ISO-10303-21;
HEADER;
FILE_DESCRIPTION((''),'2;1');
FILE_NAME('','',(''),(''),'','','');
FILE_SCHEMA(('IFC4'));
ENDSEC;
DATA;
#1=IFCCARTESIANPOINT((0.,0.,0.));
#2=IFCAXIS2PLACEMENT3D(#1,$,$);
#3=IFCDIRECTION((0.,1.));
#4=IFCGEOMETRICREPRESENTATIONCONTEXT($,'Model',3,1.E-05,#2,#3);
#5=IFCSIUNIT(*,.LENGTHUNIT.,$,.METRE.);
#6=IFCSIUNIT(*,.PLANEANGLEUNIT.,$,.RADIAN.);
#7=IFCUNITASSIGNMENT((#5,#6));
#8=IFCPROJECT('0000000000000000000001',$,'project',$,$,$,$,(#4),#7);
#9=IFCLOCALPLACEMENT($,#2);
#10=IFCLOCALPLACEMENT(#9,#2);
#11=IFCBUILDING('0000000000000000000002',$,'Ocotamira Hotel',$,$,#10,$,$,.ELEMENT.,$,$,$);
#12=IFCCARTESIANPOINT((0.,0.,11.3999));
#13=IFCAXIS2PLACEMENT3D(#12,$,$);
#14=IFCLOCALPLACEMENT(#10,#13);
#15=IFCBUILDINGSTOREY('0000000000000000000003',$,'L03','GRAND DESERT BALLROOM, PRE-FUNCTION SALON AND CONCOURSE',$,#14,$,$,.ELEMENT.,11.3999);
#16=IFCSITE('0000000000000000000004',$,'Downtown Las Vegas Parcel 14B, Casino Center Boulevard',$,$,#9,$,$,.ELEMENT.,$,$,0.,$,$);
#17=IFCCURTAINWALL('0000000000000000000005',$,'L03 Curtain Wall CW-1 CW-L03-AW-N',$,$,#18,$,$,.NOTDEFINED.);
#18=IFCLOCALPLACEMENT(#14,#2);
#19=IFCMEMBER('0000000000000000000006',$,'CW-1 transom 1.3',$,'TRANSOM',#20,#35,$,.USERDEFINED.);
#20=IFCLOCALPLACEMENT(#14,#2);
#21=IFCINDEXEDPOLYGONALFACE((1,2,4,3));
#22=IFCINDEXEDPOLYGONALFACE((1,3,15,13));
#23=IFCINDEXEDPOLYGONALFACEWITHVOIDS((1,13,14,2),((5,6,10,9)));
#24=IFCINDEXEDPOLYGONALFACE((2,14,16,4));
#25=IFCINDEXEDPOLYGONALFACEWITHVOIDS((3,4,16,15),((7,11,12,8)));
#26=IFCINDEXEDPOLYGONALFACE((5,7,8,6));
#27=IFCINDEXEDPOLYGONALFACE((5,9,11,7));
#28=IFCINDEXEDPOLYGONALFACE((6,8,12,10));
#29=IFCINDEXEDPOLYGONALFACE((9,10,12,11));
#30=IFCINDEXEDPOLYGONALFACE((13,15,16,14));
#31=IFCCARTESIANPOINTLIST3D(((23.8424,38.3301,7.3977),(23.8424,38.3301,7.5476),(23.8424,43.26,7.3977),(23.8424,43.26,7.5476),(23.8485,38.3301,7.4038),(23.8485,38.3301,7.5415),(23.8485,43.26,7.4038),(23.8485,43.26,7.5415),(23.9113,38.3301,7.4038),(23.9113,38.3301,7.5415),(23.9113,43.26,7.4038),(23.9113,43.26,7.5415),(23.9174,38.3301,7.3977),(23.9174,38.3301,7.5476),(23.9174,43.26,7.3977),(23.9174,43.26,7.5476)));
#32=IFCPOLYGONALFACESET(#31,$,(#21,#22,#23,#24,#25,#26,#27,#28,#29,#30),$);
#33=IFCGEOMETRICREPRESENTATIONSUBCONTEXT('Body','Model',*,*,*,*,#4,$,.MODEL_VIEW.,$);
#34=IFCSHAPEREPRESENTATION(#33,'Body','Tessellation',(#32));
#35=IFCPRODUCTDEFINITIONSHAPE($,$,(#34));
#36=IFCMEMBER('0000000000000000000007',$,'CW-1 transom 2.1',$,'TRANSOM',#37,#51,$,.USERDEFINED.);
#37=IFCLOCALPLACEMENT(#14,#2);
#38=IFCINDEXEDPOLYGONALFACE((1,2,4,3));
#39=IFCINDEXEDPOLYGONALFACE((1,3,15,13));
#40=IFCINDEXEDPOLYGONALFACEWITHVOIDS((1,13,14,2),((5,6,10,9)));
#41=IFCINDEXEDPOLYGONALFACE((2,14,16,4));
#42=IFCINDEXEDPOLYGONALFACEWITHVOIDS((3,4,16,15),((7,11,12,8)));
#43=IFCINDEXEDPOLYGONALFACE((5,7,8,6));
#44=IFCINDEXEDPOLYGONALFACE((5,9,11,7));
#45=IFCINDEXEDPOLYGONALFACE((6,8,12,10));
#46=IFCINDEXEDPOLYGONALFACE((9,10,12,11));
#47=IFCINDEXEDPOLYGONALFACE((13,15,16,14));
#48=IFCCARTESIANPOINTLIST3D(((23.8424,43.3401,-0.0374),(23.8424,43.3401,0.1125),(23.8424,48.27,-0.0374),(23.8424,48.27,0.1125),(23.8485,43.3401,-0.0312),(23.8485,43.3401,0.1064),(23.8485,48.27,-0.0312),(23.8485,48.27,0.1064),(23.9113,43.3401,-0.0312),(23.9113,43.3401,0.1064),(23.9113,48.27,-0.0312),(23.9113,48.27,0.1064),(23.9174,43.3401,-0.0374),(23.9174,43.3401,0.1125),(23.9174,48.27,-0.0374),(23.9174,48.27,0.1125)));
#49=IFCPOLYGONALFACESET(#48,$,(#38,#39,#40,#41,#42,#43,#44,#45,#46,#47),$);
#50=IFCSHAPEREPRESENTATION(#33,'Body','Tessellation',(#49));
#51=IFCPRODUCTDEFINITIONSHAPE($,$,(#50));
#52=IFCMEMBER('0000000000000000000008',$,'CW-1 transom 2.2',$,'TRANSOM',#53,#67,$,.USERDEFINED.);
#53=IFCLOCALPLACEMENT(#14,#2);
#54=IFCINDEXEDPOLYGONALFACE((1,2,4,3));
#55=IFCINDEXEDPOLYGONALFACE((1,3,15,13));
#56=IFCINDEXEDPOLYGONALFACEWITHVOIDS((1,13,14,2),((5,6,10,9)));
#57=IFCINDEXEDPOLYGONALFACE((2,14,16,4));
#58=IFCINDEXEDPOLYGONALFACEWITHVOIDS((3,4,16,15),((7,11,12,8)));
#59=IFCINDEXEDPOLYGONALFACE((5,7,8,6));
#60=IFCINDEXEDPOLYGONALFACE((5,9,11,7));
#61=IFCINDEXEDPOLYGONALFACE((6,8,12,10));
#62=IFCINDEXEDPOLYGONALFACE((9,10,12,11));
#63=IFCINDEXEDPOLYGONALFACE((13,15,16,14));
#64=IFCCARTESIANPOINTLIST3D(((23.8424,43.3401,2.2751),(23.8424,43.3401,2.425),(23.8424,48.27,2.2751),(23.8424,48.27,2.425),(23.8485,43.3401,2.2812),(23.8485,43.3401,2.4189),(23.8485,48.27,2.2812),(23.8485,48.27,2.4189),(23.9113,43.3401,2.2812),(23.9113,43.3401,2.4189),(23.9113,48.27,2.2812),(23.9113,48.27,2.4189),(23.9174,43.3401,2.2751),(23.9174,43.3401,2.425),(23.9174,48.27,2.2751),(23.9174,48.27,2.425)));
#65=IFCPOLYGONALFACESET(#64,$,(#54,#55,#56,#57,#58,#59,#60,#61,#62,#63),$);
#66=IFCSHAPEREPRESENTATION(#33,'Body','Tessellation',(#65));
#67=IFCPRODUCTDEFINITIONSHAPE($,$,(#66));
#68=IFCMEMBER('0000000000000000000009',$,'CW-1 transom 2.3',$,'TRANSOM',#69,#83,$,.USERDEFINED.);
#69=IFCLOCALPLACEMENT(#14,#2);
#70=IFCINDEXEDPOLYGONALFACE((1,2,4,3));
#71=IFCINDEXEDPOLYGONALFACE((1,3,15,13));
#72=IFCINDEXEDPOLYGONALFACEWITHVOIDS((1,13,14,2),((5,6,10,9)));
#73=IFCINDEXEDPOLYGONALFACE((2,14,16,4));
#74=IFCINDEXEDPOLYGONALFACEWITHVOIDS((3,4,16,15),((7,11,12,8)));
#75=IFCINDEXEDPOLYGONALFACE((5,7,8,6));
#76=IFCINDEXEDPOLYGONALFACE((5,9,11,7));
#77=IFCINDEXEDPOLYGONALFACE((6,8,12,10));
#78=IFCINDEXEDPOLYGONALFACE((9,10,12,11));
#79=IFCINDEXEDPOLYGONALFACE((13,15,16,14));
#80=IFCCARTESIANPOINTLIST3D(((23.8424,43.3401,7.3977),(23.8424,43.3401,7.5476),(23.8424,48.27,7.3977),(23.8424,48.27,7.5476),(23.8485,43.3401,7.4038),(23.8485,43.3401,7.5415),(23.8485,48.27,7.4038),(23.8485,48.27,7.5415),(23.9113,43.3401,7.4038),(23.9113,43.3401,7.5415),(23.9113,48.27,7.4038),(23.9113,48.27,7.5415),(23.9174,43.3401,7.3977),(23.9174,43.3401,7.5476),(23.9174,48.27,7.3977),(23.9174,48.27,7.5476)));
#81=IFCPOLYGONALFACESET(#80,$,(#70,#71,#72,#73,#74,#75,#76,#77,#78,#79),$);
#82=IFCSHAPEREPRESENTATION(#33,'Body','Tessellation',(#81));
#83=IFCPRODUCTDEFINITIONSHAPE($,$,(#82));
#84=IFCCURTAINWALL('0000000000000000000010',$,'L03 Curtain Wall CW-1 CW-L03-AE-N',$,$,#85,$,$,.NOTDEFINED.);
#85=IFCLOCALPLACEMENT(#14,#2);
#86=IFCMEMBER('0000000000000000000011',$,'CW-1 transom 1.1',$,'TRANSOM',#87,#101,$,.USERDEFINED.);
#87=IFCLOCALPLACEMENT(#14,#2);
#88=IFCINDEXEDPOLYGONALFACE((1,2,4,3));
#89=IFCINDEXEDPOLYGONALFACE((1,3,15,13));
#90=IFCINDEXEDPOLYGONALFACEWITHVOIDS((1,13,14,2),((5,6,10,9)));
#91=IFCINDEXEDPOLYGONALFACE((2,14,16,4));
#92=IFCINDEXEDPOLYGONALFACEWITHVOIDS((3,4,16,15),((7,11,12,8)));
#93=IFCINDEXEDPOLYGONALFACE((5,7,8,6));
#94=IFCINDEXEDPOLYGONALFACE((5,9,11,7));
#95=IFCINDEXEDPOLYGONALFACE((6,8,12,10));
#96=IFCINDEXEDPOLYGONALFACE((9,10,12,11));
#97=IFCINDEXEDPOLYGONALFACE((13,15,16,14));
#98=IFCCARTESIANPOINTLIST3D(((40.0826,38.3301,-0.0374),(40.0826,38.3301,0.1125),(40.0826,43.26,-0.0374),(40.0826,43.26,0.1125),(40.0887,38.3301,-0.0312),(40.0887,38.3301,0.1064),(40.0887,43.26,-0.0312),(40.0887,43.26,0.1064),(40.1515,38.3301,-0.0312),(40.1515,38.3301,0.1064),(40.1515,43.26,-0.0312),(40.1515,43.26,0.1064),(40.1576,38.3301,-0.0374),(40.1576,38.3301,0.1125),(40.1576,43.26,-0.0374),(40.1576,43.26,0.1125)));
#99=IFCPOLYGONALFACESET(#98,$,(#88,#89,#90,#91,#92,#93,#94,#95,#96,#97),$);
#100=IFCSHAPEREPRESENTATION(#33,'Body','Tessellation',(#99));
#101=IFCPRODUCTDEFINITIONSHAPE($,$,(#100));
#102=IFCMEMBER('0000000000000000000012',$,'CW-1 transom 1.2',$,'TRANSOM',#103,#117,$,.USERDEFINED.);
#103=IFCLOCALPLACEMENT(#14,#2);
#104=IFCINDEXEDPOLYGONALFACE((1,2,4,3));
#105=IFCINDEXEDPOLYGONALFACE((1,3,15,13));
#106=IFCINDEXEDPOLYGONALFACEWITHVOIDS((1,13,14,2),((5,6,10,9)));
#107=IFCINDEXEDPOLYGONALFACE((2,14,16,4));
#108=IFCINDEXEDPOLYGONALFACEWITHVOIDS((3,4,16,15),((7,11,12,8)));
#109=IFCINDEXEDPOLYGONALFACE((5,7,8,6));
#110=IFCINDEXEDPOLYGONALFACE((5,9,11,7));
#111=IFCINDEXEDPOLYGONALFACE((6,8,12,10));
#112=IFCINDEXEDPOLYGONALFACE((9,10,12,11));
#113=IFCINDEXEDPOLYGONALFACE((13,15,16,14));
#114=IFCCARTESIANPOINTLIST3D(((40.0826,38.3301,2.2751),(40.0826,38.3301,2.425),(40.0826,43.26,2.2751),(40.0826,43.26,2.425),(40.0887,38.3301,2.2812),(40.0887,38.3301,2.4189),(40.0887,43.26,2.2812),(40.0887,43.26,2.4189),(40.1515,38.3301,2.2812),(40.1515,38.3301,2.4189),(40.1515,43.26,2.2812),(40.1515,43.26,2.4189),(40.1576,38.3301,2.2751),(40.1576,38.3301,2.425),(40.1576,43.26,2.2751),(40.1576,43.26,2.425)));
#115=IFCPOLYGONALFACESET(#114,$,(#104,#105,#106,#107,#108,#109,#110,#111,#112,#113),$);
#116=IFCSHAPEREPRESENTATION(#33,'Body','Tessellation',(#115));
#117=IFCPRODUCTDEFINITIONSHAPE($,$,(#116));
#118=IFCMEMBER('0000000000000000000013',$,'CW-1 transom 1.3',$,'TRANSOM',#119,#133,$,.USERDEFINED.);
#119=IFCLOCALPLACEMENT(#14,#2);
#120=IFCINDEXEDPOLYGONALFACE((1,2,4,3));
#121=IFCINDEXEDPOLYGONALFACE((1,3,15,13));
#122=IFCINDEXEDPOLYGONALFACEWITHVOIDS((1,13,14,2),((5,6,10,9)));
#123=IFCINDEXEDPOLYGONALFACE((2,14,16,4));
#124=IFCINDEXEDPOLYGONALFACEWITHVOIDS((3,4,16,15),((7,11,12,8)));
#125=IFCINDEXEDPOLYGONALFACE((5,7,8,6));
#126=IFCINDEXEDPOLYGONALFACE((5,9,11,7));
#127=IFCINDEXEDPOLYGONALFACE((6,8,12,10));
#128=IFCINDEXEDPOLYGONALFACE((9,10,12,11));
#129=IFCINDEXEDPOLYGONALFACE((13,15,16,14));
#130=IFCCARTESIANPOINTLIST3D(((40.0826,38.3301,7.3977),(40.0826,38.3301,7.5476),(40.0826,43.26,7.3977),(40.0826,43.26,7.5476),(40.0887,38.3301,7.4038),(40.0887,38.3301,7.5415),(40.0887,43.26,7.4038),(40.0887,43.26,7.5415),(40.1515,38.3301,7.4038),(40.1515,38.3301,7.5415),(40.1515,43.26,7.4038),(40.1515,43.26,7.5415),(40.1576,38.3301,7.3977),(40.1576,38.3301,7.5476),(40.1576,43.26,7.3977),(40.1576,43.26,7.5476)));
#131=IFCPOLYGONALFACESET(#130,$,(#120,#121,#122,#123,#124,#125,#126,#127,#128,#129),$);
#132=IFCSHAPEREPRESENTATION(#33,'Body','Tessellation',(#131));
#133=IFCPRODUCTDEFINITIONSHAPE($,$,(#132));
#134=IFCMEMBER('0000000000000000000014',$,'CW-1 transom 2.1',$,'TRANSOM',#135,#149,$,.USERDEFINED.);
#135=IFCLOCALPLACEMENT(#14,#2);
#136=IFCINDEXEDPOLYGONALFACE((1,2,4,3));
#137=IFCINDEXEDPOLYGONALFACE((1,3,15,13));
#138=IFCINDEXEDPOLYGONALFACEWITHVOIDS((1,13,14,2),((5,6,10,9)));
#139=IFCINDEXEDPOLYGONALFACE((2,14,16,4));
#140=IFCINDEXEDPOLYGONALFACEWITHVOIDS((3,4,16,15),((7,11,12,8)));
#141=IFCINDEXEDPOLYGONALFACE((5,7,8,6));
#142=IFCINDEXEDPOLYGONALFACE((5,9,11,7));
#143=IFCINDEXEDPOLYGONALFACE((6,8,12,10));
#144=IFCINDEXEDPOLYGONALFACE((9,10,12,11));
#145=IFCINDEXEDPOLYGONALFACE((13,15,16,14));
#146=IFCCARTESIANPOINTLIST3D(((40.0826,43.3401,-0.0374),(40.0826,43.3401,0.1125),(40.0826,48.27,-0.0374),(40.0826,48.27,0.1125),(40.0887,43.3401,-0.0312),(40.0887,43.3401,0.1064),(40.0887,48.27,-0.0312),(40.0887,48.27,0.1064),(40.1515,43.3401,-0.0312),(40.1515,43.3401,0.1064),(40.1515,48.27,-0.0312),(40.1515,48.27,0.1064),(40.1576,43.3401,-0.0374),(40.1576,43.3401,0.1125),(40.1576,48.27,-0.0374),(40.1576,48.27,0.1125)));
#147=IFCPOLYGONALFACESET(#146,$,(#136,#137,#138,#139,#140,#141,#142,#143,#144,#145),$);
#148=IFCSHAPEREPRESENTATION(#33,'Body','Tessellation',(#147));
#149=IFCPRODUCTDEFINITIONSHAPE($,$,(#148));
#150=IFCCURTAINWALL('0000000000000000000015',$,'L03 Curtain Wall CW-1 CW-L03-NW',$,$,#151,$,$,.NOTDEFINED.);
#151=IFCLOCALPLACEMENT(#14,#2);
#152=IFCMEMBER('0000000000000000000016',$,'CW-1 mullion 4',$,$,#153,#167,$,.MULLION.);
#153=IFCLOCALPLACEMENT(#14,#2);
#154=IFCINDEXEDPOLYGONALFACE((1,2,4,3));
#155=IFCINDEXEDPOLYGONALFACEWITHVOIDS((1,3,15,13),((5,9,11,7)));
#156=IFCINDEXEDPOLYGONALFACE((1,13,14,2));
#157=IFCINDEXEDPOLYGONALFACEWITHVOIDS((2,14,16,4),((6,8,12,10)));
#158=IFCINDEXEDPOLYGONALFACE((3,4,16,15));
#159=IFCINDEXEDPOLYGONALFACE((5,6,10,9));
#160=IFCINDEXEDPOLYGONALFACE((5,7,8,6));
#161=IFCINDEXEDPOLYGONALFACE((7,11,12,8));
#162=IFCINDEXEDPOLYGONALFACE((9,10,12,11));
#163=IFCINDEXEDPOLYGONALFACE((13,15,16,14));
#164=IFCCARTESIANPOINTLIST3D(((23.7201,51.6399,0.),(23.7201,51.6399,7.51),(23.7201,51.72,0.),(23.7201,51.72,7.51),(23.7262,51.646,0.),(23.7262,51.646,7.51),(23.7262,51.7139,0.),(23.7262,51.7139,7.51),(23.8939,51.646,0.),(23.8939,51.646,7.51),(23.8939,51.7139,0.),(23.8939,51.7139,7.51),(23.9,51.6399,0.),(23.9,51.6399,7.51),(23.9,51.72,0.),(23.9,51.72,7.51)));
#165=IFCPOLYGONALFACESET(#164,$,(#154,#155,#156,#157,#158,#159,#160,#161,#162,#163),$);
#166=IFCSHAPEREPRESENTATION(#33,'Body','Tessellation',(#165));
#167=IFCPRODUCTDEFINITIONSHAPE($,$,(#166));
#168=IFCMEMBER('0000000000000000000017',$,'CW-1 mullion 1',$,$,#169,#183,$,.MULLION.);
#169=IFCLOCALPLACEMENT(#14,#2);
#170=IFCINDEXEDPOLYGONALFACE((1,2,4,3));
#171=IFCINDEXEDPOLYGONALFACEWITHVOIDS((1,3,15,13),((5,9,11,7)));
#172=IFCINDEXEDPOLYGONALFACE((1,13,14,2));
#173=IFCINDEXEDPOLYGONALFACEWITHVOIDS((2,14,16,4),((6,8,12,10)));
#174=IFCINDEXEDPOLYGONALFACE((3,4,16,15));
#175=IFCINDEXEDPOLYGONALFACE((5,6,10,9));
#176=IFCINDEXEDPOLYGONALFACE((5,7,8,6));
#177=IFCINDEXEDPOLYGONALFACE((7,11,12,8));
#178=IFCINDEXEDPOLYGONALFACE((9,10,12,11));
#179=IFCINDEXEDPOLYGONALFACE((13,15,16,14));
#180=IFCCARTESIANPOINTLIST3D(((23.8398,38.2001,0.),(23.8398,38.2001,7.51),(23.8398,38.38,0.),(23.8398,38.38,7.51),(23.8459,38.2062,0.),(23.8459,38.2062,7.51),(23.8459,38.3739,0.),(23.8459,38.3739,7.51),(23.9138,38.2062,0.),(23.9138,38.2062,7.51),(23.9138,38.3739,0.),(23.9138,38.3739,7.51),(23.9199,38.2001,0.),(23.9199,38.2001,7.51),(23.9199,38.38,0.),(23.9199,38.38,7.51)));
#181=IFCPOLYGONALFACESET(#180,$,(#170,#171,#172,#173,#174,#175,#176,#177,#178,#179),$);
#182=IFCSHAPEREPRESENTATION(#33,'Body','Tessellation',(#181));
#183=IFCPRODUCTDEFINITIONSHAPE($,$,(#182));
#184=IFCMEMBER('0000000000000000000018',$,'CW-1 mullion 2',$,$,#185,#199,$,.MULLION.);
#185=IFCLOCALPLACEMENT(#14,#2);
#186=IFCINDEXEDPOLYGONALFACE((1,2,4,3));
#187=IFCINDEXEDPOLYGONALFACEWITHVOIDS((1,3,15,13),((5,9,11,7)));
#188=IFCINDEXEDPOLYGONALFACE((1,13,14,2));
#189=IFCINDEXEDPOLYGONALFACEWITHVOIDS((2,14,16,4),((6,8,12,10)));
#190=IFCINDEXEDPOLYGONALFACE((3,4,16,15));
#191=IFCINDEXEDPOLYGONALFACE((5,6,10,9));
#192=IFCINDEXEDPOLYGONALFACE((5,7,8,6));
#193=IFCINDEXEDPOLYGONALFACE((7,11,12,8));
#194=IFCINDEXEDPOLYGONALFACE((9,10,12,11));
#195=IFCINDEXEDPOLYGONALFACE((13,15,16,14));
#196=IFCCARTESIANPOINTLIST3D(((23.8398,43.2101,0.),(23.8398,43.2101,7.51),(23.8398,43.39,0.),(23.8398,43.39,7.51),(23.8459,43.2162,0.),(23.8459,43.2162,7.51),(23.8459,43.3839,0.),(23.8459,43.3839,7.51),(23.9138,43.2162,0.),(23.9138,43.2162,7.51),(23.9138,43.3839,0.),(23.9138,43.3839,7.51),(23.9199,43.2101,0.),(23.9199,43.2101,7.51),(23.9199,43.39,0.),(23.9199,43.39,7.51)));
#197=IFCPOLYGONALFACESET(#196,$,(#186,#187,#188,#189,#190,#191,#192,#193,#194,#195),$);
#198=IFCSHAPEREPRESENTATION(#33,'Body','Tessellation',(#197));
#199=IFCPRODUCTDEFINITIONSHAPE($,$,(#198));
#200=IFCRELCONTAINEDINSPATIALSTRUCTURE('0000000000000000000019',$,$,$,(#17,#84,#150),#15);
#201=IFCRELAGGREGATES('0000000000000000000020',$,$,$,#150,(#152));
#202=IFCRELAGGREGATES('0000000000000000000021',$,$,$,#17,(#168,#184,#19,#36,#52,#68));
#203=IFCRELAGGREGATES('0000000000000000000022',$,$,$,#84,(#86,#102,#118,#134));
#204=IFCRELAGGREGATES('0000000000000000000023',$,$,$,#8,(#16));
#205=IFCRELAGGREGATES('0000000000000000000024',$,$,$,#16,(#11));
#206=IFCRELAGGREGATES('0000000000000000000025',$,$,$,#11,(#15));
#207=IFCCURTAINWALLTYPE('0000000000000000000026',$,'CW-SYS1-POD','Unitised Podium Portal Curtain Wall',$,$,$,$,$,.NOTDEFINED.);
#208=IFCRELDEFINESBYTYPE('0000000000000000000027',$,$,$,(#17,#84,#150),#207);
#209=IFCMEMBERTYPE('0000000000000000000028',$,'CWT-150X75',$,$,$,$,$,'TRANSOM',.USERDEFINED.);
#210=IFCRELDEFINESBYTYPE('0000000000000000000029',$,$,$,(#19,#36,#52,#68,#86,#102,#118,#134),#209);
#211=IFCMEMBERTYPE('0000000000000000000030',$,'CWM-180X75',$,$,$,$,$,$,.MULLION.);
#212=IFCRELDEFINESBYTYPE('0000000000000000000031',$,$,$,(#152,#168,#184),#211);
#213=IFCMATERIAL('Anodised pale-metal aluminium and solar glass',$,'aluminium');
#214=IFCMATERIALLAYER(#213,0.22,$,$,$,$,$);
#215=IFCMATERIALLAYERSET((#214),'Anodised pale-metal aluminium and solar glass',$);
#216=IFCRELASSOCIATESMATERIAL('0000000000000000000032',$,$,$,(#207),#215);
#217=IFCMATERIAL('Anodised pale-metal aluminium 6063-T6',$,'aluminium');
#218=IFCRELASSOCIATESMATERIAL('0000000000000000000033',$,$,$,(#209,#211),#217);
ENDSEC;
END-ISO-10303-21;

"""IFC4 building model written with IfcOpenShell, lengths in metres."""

from ifc_helpers import new_model, si_unit, direction, frame, origin, origin_2d, place, context, subcontext, project, spatial, hollow_rectangle, extrude, source, transform, mapped, material, layer, layer_set, material_profile, profile_set, type_object, element, aggregate, save


model = new_model("IFC4")

# Units and contexts
model_context = context("Model", 3, precision=1e-05, world=origin(), true_north=direction((0.0, 1.0)))
body_context = subcontext(model_context, "Body", "Model", "MODEL_VIEW")
ifc_project = project(units=[si_unit("LENGTHUNIT", "METRE"), si_unit("PLANEANGLEUNIT", "RADIAN")], contexts=[model_context])

# Site, building, storey
site_placement = place(None, origin())
site = spatial("IfcSite", under=ifc_project, at=site_placement, Name="Downtown Las Vegas Parcel 14B, Casino Center Boulevard", CompositionType="ELEMENT", RefElevation=0.0)
building_placement = place(site_placement, origin())
building = spatial("IfcBuilding", under=site, at=building_placement, Name="Ocotamira Hotel", CompositionType="ELEMENT")
storey_placement = place(building_placement, frame((0.0, 0.0, 11.3999)))
storey = spatial("IfcBuildingStorey", under=building, at=storey_placement, Name="L03", Description="GRAND DESERT BALLROOM, PRE-FUNCTION SALON AND CONCOURSE", CompositionType="ELEMENT", Elevation=11.3999)

# Curtain walls, members
ifc_material_1 = material(Name="Anodised pale-metal aluminium and solar glass", Category="aluminium")
ifc_layer_1 = layer(ifc_material_1, 0.22)
ifc_layer_set_1 = layer_set([ifc_layer_1], Name="Anodised pale-metal aluminium and solar glass")
curtain_wall_type = type_object("IfcCurtainWallType", Name="CW-SYS1-POD", Description="Unitised Podium Portal Curtain Wall", PredefinedType="NOTDEFINED", material=ifc_layer_set_1)
curtain_wall_1_placement = place(storey_placement, origin())
curtain_wall_1 = element("IfcCurtainWall", 1, at=curtain_wall_1_placement, inside=storey, type_object=curtain_wall_type, Name="L03 Curtain Wall CW-1 CW-L03-AW-N", PredefinedType="NOTDEFINED")
ifc_material_2 = material(Name="Anodised pale-metal aluminium 6063-T6", Category="aluminium")
ifc_material_profile_1 = material_profile(ifc_material_2, hollow_rectangle(XDim=0.075, YDim=0.1499, WallThickness=0.0061, at=origin_2d()), Name="HSS150X75X6")
ifc_profile_set_1 = profile_set([ifc_material_profile_1], Name="Anodised pale-metal aluminium 6063-T6")
member_type_1 = type_object("IfcMemberType", Name="CWT-150X75", ElementType="TRANSOM", PredefinedType="USERDEFINED", material=ifc_profile_set_1)
shared_shape_1 = source(origin(), body_context, "Body", "SweptSolid", [
    extrude(hollow_rectangle(XDim=0.075, YDim=0.1499, WallThickness=0.0061, at=origin_2d()), origin(), (0.0, 0.0, 1.0), 4.9299),
])
member_1_placement = place(storey_placement, frame((23.8799, 38.3301, 7.4727), z_axis=(0.0, 1.0, 0.0), x_axis=(-1.0, 0.0, 0.0)))
member_1 = element("IfcMember", 2, at=member_1_placement, type_object=member_type_1, Name="CW-1 transom 1.3", ObjectType="TRANSOM", PredefinedType="USERDEFINED", context=body_context, shape_type="MappedRepresentation", body=[
    mapped(shared_shape_1, transform((0.0, 0.0, 0.0), scale=1.0)),
])
member_2_placement = place(storey_placement, frame((23.8799, 43.3401, 0.0376), z_axis=(0.0, 1.0, 0.0), x_axis=(-1.0, 0.0, 0.0)))
member_2 = element("IfcMember", 3, at=member_2_placement, type_object=member_type_1, Name="CW-1 transom 2.1", ObjectType="TRANSOM", PredefinedType="USERDEFINED", context=body_context, shape_type="MappedRepresentation", body=[
    mapped(shared_shape_1, transform((0.0, 0.0, 0.0), scale=1.0)),
])
member_3_placement = place(storey_placement, frame((23.8799, 43.3401, 2.3501), z_axis=(0.0, 1.0, 0.0), x_axis=(-1.0, 0.0, 0.0)))
member_3 = element("IfcMember", 4, at=member_3_placement, type_object=member_type_1, Name="CW-1 transom 2.2", ObjectType="TRANSOM", PredefinedType="USERDEFINED", context=body_context, shape_type="MappedRepresentation", body=[
    mapped(shared_shape_1, transform((0.0, 0.0, 0.0), scale=1.0)),
])
member_4_placement = place(storey_placement, frame((23.8799, 43.3401, 7.4727), z_axis=(0.0, 1.0, 0.0), x_axis=(-1.0, 0.0, 0.0)))
member_4 = element("IfcMember", 5, at=member_4_placement, type_object=member_type_1, Name="CW-1 transom 2.3", ObjectType="TRANSOM", PredefinedType="USERDEFINED", context=body_context, shape_type="MappedRepresentation", body=[
    mapped(shared_shape_1, transform((0.0, 0.0, 0.0), scale=1.0)),
])
curtain_wall_2_placement = place(storey_placement, origin())
curtain_wall_2 = element("IfcCurtainWall", 6, at=curtain_wall_2_placement, inside=storey, type_object=curtain_wall_type, Name="L03 Curtain Wall CW-1 CW-L03-AE-N", PredefinedType="NOTDEFINED")
member_5_placement = place(storey_placement, frame((40.1201, 38.3301, 0.0376), z_axis=(0.0, 1.0, 0.0), x_axis=(-1.0, 0.0, 0.0)))
member_5 = element("IfcMember", 7, at=member_5_placement, type_object=member_type_1, Name="CW-1 transom 1.1", ObjectType="TRANSOM", PredefinedType="USERDEFINED", context=body_context, shape_type="MappedRepresentation", body=[
    mapped(shared_shape_1, transform((0.0, 0.0, 0.0), scale=1.0)),
])
member_6_placement = place(storey_placement, frame((40.1201, 38.3301, 2.3501), z_axis=(0.0, 1.0, 0.0), x_axis=(-1.0, 0.0, 0.0)))
member_6 = element("IfcMember", 8, at=member_6_placement, type_object=member_type_1, Name="CW-1 transom 1.2", ObjectType="TRANSOM", PredefinedType="USERDEFINED", context=body_context, shape_type="MappedRepresentation", body=[
    mapped(shared_shape_1, transform((0.0, 0.0, 0.0), scale=1.0)),
])
member_7_placement = place(storey_placement, frame((40.1201, 38.3301, 7.4727), z_axis=(0.0, 1.0, 0.0), x_axis=(-1.0, 0.0, 0.0)))
member_7 = element("IfcMember", 9, at=member_7_placement, type_object=member_type_1, Name="CW-1 transom 1.3", ObjectType="TRANSOM", PredefinedType="USERDEFINED", context=body_context, shape_type="MappedRepresentation", body=[
    mapped(shared_shape_1, transform((0.0, 0.0, 0.0), scale=1.0)),
])
member_8_placement = place(storey_placement, frame((40.1201, 43.3401, 0.0376), z_axis=(0.0, 1.0, 0.0), x_axis=(-1.0, 0.0, 0.0)))
member_8 = element("IfcMember", 10, at=member_8_placement, type_object=member_type_1, Name="CW-1 transom 2.1", ObjectType="TRANSOM", PredefinedType="USERDEFINED", context=body_context, shape_type="MappedRepresentation", body=[
    mapped(shared_shape_1, transform((0.0, 0.0, 0.0), scale=1.0)),
])

# Curtain wall, member
curtain_wall_3_placement = place(storey_placement, origin())
curtain_wall_3 = element("IfcCurtainWall", 11, at=curtain_wall_3_placement, inside=storey, type_object=curtain_wall_type, Name="L03 Curtain Wall CW-1 CW-L03-NW", PredefinedType="NOTDEFINED")
ifc_material_profile_2 = material_profile(ifc_material_2, hollow_rectangle(XDim=0.0801, YDim=0.1799, WallThickness=0.0061, at=origin_2d()), Name="HSS180X80X6")
ifc_profile_set_2 = profile_set([ifc_material_profile_2], Name="Anodised pale-metal aluminium 6063-T6")
member_type_2 = type_object("IfcMemberType", Name="CWM-180X75", PredefinedType="MULLION", material=ifc_profile_set_2)
shared_shape_2 = source(origin(), body_context, "Body", "SweptSolid", [
    extrude(hollow_rectangle(XDim=0.0801, YDim=0.1799, WallThickness=0.0061, at=origin_2d()), origin(), (0.0, 0.0, 1.0), 7.51),
])
member_9_placement = place(storey_placement, frame((23.8101, 51.6799, 0.0), z_axis=(0.0, 0.0, 1.0), x_axis=(0.0, 1.0, 0.0)))
member_9 = element("IfcMember", 12, at=member_9_placement, type_object=member_type_2, Name="CW-1 mullion 4", PredefinedType="MULLION", context=body_context, shape_type="MappedRepresentation", body=[
    mapped(shared_shape_2, transform((0.0, 0.0, 0.0), scale=1.0)),
])
aggregate(curtain_wall_3, [member_9])

# Members
member_10_placement = place(storey_placement, frame((23.8799, 38.29, 0.0), z_axis=(0.0, 0.0, 1.0), x_axis=(-1.0, 0.0, 0.0)))
member_10 = element("IfcMember", 13, at=member_10_placement, type_object=member_type_2, Name="CW-1 mullion 1", PredefinedType="MULLION", context=body_context, shape_type="MappedRepresentation", body=[
    mapped(shared_shape_2, transform((0.0, 0.0, 0.0), scale=1.0)),
])
member_11_placement = place(storey_placement, frame((23.8799, 43.3, 0.0), z_axis=(0.0, 0.0, 1.0), x_axis=(-1.0, 0.0, 0.0)))
member_11 = element("IfcMember", 14, at=member_11_placement, type_object=member_type_2, Name="CW-1 mullion 2", PredefinedType="MULLION", context=body_context, shape_type="MappedRepresentation", body=[
    mapped(shared_shape_2, transform((0.0, 0.0, 0.0), scale=1.0)),
])

aggregate(curtain_wall_1, [member_10, member_11, member_1, member_2, member_3, member_4])
aggregate(curtain_wall_2, [member_5, member_6, member_7, member_8])

save(model, "model.ifc")
